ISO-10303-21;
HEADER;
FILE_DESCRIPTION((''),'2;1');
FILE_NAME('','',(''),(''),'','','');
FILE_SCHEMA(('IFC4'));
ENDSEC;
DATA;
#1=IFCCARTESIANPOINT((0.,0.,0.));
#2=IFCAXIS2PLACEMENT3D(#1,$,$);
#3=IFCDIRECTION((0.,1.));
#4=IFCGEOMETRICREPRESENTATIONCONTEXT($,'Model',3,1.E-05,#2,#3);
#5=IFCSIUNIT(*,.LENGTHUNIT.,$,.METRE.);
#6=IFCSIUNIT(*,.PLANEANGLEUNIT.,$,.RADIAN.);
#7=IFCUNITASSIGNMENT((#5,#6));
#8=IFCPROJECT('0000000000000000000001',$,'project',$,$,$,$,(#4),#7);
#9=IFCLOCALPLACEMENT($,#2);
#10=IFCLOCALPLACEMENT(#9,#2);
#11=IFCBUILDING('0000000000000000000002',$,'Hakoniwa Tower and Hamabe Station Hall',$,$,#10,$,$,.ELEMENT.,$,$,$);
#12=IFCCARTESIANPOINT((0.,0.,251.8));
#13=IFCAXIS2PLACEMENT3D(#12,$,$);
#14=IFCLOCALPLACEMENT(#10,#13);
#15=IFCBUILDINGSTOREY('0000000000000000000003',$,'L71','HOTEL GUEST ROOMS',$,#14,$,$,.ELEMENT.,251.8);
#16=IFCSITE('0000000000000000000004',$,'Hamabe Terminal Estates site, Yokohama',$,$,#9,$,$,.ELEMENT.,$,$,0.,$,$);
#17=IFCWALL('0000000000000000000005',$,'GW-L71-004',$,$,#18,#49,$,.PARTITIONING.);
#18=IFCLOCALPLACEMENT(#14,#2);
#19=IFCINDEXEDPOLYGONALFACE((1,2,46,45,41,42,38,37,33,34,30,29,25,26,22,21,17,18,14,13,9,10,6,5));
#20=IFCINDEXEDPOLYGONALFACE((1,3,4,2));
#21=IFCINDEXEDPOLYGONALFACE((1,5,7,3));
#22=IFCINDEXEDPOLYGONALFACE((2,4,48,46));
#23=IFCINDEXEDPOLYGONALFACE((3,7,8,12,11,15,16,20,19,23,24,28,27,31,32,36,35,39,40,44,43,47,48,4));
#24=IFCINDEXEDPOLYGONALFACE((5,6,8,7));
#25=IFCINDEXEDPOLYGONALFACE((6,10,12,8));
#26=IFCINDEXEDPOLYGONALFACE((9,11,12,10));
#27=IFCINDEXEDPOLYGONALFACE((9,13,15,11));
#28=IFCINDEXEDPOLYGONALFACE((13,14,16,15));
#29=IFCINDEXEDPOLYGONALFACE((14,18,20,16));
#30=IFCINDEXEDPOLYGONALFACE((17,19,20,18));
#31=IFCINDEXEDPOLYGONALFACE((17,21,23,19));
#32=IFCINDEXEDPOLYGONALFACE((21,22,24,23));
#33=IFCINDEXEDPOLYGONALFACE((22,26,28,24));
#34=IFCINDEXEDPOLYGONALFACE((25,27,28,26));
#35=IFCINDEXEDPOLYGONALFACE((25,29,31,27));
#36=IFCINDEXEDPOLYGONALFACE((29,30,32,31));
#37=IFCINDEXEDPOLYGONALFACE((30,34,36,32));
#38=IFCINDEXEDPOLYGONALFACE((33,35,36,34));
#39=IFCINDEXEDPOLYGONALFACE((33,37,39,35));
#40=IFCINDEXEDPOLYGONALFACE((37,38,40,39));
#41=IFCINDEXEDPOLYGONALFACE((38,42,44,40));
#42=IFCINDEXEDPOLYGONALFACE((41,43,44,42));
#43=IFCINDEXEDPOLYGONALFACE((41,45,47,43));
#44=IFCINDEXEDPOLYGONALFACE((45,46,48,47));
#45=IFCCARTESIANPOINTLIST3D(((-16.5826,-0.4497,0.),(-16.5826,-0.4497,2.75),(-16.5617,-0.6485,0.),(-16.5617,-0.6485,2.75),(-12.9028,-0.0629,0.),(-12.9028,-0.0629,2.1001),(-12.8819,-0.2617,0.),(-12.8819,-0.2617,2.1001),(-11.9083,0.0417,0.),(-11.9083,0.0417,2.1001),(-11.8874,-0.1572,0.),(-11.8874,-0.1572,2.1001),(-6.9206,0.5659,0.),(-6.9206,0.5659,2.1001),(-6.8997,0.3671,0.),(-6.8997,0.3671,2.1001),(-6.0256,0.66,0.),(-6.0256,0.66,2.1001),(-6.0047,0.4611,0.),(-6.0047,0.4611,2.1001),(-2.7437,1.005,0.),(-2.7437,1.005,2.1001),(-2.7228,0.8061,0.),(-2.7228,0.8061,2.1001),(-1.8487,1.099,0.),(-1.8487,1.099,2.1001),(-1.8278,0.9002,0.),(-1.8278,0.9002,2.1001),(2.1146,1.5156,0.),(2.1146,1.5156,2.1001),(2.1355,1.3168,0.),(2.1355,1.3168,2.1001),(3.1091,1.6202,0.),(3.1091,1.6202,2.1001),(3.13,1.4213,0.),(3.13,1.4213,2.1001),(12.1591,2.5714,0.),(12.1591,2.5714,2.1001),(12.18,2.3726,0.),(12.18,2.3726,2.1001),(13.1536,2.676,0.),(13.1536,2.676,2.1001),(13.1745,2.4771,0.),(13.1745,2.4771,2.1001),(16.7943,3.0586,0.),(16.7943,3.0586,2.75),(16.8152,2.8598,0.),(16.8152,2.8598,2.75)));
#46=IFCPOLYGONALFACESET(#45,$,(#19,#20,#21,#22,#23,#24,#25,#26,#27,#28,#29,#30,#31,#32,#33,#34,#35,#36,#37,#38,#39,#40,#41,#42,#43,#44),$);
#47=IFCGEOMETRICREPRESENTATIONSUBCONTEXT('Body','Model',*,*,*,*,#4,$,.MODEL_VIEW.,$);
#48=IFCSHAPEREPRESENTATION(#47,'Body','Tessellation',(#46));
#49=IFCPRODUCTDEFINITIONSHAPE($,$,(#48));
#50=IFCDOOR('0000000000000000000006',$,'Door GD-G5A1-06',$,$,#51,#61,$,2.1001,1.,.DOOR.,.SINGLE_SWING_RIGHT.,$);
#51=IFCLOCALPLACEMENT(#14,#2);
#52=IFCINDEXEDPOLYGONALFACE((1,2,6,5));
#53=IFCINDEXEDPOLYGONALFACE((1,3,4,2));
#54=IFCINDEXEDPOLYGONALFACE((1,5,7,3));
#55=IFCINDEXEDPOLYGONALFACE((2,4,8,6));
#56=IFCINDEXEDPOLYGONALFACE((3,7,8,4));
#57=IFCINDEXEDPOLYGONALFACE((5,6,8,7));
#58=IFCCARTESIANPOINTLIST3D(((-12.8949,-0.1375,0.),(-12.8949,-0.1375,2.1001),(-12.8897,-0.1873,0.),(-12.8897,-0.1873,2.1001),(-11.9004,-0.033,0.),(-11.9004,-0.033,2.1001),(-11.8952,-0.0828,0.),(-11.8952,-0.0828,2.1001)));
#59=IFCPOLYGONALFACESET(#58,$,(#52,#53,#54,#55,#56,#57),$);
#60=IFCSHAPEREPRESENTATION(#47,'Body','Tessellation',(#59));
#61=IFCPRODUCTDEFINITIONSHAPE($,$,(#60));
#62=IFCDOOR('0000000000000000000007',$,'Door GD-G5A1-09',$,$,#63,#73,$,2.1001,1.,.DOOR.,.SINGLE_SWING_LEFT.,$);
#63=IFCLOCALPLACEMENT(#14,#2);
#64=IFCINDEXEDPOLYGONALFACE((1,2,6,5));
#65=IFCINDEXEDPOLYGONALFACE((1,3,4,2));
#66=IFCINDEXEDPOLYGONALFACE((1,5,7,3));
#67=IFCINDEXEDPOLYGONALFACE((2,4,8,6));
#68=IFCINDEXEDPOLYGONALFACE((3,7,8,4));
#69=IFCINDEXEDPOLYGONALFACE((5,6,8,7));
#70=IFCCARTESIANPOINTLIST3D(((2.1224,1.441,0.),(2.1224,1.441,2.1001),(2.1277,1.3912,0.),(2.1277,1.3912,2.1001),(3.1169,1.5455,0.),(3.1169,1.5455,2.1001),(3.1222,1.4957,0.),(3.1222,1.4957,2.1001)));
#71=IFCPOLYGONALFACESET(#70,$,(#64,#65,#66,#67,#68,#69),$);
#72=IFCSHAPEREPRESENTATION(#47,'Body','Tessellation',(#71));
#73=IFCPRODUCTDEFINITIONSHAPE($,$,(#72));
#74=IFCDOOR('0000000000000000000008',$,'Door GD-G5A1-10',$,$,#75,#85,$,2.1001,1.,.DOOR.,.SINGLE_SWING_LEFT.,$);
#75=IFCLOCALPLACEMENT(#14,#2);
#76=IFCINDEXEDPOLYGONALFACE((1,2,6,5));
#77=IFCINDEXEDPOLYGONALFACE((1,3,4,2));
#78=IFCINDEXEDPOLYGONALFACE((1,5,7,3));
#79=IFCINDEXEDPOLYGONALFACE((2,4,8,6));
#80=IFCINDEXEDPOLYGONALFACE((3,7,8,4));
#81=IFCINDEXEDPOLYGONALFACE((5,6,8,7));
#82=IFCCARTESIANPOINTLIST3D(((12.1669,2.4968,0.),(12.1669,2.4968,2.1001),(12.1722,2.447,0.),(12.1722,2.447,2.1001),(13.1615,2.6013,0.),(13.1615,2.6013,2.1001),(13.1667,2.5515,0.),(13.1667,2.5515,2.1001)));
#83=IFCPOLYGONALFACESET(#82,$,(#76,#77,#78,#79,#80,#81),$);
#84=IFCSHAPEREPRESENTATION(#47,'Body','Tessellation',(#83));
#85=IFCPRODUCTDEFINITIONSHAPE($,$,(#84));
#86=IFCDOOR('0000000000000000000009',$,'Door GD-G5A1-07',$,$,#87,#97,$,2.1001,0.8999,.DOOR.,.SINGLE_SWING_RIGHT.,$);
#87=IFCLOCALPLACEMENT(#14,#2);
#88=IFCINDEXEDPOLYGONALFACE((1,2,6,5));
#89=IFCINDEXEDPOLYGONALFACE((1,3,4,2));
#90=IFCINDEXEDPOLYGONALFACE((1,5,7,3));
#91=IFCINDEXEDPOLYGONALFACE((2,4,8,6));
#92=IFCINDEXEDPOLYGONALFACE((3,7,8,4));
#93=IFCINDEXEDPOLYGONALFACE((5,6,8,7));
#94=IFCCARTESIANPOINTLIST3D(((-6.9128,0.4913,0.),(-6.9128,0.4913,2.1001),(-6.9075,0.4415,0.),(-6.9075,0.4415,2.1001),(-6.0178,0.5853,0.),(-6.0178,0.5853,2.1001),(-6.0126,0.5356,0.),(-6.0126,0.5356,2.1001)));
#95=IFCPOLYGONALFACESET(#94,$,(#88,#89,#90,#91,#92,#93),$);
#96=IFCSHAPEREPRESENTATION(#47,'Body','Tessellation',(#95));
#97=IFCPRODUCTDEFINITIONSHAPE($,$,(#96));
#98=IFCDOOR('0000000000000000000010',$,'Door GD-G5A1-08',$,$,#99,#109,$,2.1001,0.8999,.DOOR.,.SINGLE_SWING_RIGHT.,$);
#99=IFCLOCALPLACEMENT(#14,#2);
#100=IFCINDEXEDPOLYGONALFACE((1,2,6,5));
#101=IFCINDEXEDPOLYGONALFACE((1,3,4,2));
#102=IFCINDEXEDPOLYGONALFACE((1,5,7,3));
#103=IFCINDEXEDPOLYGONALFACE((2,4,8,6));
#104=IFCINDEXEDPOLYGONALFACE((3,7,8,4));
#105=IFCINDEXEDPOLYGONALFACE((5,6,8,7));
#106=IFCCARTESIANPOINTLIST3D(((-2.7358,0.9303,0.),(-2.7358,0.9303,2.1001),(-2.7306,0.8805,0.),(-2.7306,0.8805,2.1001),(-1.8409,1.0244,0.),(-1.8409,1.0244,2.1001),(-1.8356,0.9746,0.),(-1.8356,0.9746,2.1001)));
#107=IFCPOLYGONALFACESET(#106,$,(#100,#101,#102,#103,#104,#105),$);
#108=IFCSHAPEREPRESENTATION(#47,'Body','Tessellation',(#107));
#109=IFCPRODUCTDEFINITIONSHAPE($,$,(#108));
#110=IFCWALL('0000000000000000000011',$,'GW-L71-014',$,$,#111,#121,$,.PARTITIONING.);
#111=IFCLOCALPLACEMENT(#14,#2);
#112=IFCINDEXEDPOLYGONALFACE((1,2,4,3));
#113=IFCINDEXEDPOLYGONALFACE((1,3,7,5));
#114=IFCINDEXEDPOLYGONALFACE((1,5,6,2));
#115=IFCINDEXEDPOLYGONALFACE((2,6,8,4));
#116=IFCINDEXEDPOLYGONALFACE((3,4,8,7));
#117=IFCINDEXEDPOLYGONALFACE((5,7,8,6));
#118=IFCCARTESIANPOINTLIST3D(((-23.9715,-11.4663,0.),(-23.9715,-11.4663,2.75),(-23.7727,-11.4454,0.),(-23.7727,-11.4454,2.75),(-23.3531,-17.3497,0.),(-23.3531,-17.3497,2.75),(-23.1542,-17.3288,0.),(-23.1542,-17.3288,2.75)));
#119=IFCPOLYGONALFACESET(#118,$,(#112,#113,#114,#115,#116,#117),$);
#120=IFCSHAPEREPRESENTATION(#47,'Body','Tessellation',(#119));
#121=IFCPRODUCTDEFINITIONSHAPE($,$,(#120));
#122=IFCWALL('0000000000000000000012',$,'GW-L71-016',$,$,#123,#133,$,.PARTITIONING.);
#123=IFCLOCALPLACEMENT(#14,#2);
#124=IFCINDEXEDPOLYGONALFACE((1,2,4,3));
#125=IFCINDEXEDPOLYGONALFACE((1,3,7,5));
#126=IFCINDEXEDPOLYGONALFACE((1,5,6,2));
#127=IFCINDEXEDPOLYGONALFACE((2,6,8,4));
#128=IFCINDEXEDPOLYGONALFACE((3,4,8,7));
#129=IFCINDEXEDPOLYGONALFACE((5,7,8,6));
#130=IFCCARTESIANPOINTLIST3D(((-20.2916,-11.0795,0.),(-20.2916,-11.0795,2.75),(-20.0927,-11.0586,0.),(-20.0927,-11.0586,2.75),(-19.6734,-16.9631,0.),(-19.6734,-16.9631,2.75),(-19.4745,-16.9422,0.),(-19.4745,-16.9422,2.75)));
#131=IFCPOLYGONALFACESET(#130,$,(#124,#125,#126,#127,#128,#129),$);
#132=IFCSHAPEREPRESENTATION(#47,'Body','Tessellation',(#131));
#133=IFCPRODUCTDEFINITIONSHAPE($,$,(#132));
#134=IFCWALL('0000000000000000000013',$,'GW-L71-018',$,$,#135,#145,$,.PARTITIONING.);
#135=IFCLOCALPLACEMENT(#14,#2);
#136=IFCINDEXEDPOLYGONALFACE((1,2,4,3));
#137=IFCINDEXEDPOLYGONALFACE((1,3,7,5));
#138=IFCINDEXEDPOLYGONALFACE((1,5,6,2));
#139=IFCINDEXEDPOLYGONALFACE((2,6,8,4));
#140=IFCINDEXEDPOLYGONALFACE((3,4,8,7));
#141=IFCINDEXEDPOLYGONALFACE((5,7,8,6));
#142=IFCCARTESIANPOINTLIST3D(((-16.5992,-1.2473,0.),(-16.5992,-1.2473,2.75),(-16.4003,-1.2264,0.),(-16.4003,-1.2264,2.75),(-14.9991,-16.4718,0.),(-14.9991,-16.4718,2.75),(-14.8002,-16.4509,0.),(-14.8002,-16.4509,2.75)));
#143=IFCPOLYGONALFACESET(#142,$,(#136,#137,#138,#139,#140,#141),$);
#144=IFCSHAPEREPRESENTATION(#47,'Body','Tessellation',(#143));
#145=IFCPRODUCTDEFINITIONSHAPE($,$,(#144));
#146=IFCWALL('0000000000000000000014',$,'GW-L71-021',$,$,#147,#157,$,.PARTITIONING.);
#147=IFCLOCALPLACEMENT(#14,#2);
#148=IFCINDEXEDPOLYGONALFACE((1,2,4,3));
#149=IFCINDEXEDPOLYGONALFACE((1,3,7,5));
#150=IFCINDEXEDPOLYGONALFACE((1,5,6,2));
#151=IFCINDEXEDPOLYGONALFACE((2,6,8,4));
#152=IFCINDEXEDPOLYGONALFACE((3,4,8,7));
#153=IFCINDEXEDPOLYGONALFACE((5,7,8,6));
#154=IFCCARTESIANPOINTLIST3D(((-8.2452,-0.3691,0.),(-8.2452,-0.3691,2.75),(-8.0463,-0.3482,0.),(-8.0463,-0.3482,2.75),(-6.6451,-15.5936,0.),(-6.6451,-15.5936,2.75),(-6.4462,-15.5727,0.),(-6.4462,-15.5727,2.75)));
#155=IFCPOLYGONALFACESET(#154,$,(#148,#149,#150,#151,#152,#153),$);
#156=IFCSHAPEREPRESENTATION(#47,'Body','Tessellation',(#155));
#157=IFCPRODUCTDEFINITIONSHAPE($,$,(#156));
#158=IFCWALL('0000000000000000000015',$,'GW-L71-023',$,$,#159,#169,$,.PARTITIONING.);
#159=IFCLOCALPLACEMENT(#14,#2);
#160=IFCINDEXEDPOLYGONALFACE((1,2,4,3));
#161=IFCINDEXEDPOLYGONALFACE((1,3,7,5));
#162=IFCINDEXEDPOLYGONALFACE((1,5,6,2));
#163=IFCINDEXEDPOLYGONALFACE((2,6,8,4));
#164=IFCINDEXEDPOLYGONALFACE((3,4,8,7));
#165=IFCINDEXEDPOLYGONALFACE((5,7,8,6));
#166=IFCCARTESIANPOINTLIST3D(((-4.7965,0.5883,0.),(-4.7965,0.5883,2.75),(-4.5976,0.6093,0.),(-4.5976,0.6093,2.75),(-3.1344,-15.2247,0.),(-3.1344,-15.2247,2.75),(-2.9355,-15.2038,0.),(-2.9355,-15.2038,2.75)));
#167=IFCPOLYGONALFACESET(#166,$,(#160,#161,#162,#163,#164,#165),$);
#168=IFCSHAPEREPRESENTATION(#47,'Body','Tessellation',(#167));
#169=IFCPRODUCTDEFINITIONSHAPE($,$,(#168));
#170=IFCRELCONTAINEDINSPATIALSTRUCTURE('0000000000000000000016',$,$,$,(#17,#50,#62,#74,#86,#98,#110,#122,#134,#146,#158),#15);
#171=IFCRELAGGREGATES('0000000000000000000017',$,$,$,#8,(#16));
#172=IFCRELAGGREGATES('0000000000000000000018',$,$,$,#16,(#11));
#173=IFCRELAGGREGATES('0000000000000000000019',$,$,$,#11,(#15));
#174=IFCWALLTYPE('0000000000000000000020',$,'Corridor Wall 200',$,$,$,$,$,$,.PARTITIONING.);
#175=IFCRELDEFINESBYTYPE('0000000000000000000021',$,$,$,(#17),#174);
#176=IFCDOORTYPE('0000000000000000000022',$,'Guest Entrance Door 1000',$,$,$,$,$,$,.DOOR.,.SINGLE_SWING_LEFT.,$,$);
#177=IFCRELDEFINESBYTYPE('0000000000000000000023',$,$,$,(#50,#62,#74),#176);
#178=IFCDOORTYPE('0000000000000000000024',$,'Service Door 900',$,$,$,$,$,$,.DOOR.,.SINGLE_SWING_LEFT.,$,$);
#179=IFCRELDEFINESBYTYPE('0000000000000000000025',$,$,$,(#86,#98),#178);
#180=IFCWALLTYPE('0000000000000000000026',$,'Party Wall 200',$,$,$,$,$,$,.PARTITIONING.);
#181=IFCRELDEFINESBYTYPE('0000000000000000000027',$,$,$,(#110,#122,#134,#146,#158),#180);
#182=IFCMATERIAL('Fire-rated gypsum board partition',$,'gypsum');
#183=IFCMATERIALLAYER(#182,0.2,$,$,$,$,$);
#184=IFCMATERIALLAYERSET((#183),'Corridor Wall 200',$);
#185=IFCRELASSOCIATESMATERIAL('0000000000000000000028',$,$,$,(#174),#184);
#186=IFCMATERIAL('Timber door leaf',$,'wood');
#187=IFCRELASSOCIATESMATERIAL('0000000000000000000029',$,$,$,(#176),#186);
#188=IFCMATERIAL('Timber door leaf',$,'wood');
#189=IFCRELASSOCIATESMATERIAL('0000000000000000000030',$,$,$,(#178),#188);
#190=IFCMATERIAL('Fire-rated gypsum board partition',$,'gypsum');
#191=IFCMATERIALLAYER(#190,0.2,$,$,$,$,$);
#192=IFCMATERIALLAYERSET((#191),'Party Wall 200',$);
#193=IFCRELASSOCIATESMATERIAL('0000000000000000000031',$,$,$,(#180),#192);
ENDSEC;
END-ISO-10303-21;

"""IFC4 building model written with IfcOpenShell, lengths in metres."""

from ifc_helpers import new_model, si_unit, direction, frame, frame_2d, origin, place, context, subcontext, project, spatial, rectangle, extrude, material, layer, layer_set, type_object, element, fill, save


model = new_model("IFC4")

# Units and contexts
model_context = context("Model", 3, precision=1e-05, world=origin(), true_north=direction((0.0, 1.0)))
body_context = subcontext(model_context, "Body", "Model", "MODEL_VIEW")
ifc_project = project(units=[si_unit("LENGTHUNIT", "METRE"), si_unit("PLANEANGLEUNIT", "RADIAN")], contexts=[model_context])

# Site, building, storey
site_placement = place(None, origin())
site = spatial("IfcSite", under=ifc_project, at=site_placement, Name="Hamabe Terminal Estates site, Yokohama", CompositionType="ELEMENT", RefElevation=0.0)
building_placement = place(site_placement, origin())
building = spatial("IfcBuilding", under=site, at=building_placement, Name="Hakoniwa Tower and Hamabe Station Hall", CompositionType="ELEMENT")
storey_placement = place(building_placement, frame((0.0, 0.0, 251.8)))
storey = spatial("IfcBuildingStorey", under=building, at=storey_placement, Name="L71", Description="HOTEL GUEST ROOMS", CompositionType="ELEMENT", Elevation=251.8)

# Wall, openings, doors
ifc_material_1 = material(Name="Fire-rated gypsum board partition", Category="gypsum")
ifc_layer_1 = layer(ifc_material_1, 0.2)
ifc_layer_set_1 = layer_set([ifc_layer_1], Name="Corridor Wall 200")
wall_type_1 = type_object("IfcWallType", Name="Corridor Wall 200", PredefinedType="PARTITIONING", material=ifc_layer_set_1)
wall_1_placement = place(storey_placement, frame((-16.572, -0.5491, 0.0), z_axis=(0.0, 0.0, 1.0), x_axis=(0.994521, 0.104536, 0.0)))
wall_1 = element("IfcWall", 1, at=wall_1_placement, inside=storey, type_object=wall_type_1, Name="GW-L71-004", PredefinedType="PARTITIONING", context=body_context, shape_type="SweptSolid", body=[
    extrude(rectangle(XDim=33.5608, YDim=0.2, at=frame_2d((16.7803, 0.0))), origin(), (0.0, 0.0, 1.0), 2.75),
])
opening_1_placement = place(wall_1_placement, frame((3.7, 0.0, 0.0)))
opening_1 = element("IfcOpeningElement", 2, at=opening_1_placement, cuts=wall_1, PredefinedType="OPENING", context=body_context, shape_type="SweptSolid", body=[
    extrude(rectangle(XDim=1.0, YDim=2.1001, at=frame_2d((0.5, 1.05))), frame((0.0, 0.1099, 0.0), z_axis=(0.0, -1.0, 0.0), x_axis=(1.0, 0.0, 0.0)), (0.0, 0.0, 1.0), 0.22),
])
opening_2_placement = place(wall_1_placement, frame((9.7151, 0.0, 0.0)))
opening_2 = element("IfcOpeningElement", 3, at=opening_2_placement, cuts=wall_1, PredefinedType="OPENING", context=body_context, shape_type="SweptSolid", body=[
    extrude(rectangle(XDim=0.8999, YDim=2.1001, at=frame_2d((0.45, 1.05))), frame((0.0, 0.1099, 0.0), z_axis=(0.0, -1.0, 0.0), x_axis=(1.0, 0.0, 0.0)), (0.0, 0.0, 1.0), 0.22),
])
opening_3_placement = place(wall_1_placement, frame((13.915, 0.0, 0.0)))
opening_3 = element("IfcOpeningElement", 4, at=opening_3_placement, cuts=wall_1, PredefinedType="OPENING", context=body_context, shape_type="SweptSolid", body=[
    extrude(rectangle(XDim=0.8999, YDim=2.1001, at=frame_2d((0.45, 1.05))), frame((0.0, 0.1099, 0.0), z_axis=(0.0, -1.0, 0.0), x_axis=(1.0, 0.0, 0.0)), (0.0, 0.0, 1.0), 0.22),
])
opening_4_placement = place(wall_1_placement, frame((18.8, 0.0, 0.0)))
opening_4 = element("IfcOpeningElement", 5, at=opening_4_placement, cuts=wall_1, PredefinedType="OPENING", context=body_context, shape_type="SweptSolid", body=[
    extrude(rectangle(XDim=1.0, YDim=2.1001, at=frame_2d((0.5, 1.05))), frame((0.0, 0.1099, 0.0), z_axis=(0.0, -1.0, 0.0), x_axis=(1.0, 0.0, 0.0)), (0.0, 0.0, 1.0), 0.22),
])
opening_5_placement = place(wall_1_placement, frame((28.8999, 0.0, 0.0)))
opening_5 = element("IfcOpeningElement", 6, at=opening_5_placement, cuts=wall_1, PredefinedType="OPENING", context=body_context, shape_type="SweptSolid", body=[
    extrude(rectangle(XDim=1.0, YDim=2.1001, at=frame_2d((0.5, 1.05))), frame((0.0, 0.1099, 0.0), z_axis=(0.0, -1.0, 0.0), x_axis=(1.0, 0.0, 0.0)), (0.0, 0.0, 1.0), 0.22),
])
ifc_material_2 = material(Name="Timber door leaf", Category="wood")
door_type_1 = type_object("IfcDoorType", Name="Guest Entrance Door 1000", OperationType="SINGLE_SWING_LEFT", PredefinedType="DOOR", material=ifc_material_2)
door_1_placement = place(opening_1_placement, origin())
door_1 = element("IfcDoor", 7, at=door_1_placement, inside=storey, type_object=door_type_1, Name="Door GD-G5A1-06", OperationType="SINGLE_SWING_RIGHT", OverallHeight=2.1001, OverallWidth=1.0, PredefinedType="DOOR", context=body_context, shape_type="SweptSolid", body=[
    extrude(rectangle(XDim=1.0, YDim=2.1001, at=frame_2d((0.5, 1.05))), frame((0.0, 0.0249, 0.0), z_axis=(0.0, -1.0, 0.0), x_axis=(1.0, 0.0, 0.0)), (0.0, 0.0, 1.0), 0.05),
])
fill(opening_1, door_1)
door_2_placement = place(opening_4_placement, origin())
door_2 = element("IfcDoor", 8, at=door_2_placement, inside=storey, type_object=door_type_1, Name="Door GD-G5A1-09", OperationType="SINGLE_SWING_LEFT", OverallHeight=2.1001, OverallWidth=1.0, PredefinedType="DOOR", context=body_context, shape_type="SweptSolid", body=[
    extrude(rectangle(XDim=1.0, YDim=2.1001, at=frame_2d((0.5, 1.05))), frame((0.0, 0.0249, 0.0), z_axis=(0.0, -1.0, 0.0), x_axis=(1.0, 0.0, 0.0)), (0.0, 0.0, 1.0), 0.05),
])
fill(opening_4, door_2)
door_3_placement = place(opening_5_placement, origin())
door_3 = element("IfcDoor", 9, at=door_3_placement, inside=storey, type_object=door_type_1, Name="Door GD-G5A1-10", OperationType="SINGLE_SWING_LEFT", OverallHeight=2.1001, OverallWidth=1.0, PredefinedType="DOOR", context=body_context, shape_type="SweptSolid", body=[
    extrude(rectangle(XDim=1.0, YDim=2.1001, at=frame_2d((0.5, 1.05))), frame((0.0, 0.0249, 0.0), z_axis=(0.0, -1.0, 0.0), x_axis=(1.0, 0.0, 0.0)), (0.0, 0.0, 1.0), 0.05),
])
fill(opening_5, door_3)
ifc_material_3 = material(Name="Timber door leaf", Category="wood")
door_type_2 = type_object("IfcDoorType", Name="Service Door 900", OperationType="SINGLE_SWING_LEFT", PredefinedType="DOOR", material=ifc_material_3)
door_4_placement = place(opening_2_placement, origin())
door_4 = element("IfcDoor", 10, at=door_4_placement, inside=storey, type_object=door_type_2, Name="Door GD-G5A1-07", OperationType="SINGLE_SWING_RIGHT", OverallHeight=2.1001, OverallWidth=0.8999, PredefinedType="DOOR", context=body_context, shape_type="SweptSolid", body=[
    extrude(rectangle(XDim=0.8999, YDim=2.1001, at=frame_2d((0.45, 1.05))), frame((0.0, 0.0249, 0.0), z_axis=(0.0, -1.0, 0.0), x_axis=(1.0, 0.0, 0.0)), (0.0, 0.0, 1.0), 0.05),
])
fill(opening_2, door_4)
door_5_placement = place(opening_3_placement, origin())
door_5 = element("IfcDoor", 11, at=door_5_placement, inside=storey, type_object=door_type_2, Name="Door GD-G5A1-08", OperationType="SINGLE_SWING_RIGHT", OverallHeight=2.1001, OverallWidth=0.8999, PredefinedType="DOOR", context=body_context, shape_type="SweptSolid", body=[
    extrude(rectangle(XDim=0.8999, YDim=2.1001, at=frame_2d((0.45, 1.05))), frame((0.0, 0.0249, 0.0), z_axis=(0.0, -1.0, 0.0), x_axis=(1.0, 0.0, 0.0)), (0.0, 0.0, 1.0), 0.05),
])
fill(opening_3, door_5)

# Walls
ifc_material_4 = material(Name="Fire-rated gypsum board partition", Category="gypsum")
ifc_layer_2 = layer(ifc_material_4, 0.2)
ifc_layer_set_2 = layer_set([ifc_layer_2], Name="Party Wall 200")
wall_type_2 = type_object("IfcWallType", Name="Party Wall 200", PredefinedType="PARTITIONING", material=ifc_layer_set_2)
wall_2_placement = place(storey_placement, frame((-23.2537, -17.3394, 0.0), z_axis=(0.0, 0.0, 1.0), x_axis=(-0.104537, 0.994521, 0.0)))
element("IfcWall", 12, at=wall_2_placement, inside=storey, type_object=wall_type_2, Name="GW-L71-014", PredefinedType="PARTITIONING", context=body_context, shape_type="SweptSolid", body=[
    extrude(rectangle(XDim=5.9158, YDim=0.2, at=frame_2d((2.958, 0.0))), origin(), (0.0, 0.0, 1.0), 2.75),
])
wall_3_placement = place(storey_placement, frame((-19.574, -16.9526, 0.0), z_axis=(0.0, 0.0, 1.0), x_axis=(-0.104491, 0.994526, 0.0)))
element("IfcWall", 13, at=wall_3_placement, inside=storey, type_object=wall_type_2, Name="GW-L71-016", PredefinedType="PARTITIONING", context=body_context, shape_type="SweptSolid", body=[
    extrude(rectangle(XDim=5.916, YDim=0.2, at=frame_2d((2.958, 0.0))), origin(), (0.0, 0.0, 1.0), 2.75),
])
for number, where, z_axis, x_axis, name in (
    (14, (-14.8997, -16.4614, 0.0), (0.0, 0.0, 1.0), (-0.104524, 0.994522, 0.0), "GW-L71-018"),
    (15, (-6.5457, -15.5833, 0.0), (0.0, 0.0, 1.0), (-0.104524, 0.994522, 0.0), "GW-L71-021"),
):
    element("IfcWall", number, at=place(storey_placement, frame(where, z_axis=z_axis, x_axis=x_axis)), inside=storey, type_object=wall_type_2, Name=name, PredefinedType="PARTITIONING", context=body_context, shape_type="SweptSolid", body=[
        extrude(rectangle(XDim=15.3083, YDim=0.2, at=frame_2d((7.6543, 0.0))), origin(), (0.0, 0.0, 1.0), 2.75),
    ])
wall_4_placement = place(storey_placement, frame((-3.0349, -15.2144, 0.0), z_axis=(0.0, 0.0, 1.0), x_axis=(-0.104535, 0.994521, 0.0)))
element("IfcWall", 16, at=wall_4_placement, inside=storey, type_object=wall_type_2, Name="GW-L71-023", PredefinedType="PARTITIONING", context=body_context, shape_type="SweptSolid", body=[
    extrude(rectangle(XDim=15.9001, YDim=0.2, at=frame_2d((7.9502, 0.0))), origin(), (0.0, 0.0, 1.0), 2.75),
])

save(model, "model.ifc")
